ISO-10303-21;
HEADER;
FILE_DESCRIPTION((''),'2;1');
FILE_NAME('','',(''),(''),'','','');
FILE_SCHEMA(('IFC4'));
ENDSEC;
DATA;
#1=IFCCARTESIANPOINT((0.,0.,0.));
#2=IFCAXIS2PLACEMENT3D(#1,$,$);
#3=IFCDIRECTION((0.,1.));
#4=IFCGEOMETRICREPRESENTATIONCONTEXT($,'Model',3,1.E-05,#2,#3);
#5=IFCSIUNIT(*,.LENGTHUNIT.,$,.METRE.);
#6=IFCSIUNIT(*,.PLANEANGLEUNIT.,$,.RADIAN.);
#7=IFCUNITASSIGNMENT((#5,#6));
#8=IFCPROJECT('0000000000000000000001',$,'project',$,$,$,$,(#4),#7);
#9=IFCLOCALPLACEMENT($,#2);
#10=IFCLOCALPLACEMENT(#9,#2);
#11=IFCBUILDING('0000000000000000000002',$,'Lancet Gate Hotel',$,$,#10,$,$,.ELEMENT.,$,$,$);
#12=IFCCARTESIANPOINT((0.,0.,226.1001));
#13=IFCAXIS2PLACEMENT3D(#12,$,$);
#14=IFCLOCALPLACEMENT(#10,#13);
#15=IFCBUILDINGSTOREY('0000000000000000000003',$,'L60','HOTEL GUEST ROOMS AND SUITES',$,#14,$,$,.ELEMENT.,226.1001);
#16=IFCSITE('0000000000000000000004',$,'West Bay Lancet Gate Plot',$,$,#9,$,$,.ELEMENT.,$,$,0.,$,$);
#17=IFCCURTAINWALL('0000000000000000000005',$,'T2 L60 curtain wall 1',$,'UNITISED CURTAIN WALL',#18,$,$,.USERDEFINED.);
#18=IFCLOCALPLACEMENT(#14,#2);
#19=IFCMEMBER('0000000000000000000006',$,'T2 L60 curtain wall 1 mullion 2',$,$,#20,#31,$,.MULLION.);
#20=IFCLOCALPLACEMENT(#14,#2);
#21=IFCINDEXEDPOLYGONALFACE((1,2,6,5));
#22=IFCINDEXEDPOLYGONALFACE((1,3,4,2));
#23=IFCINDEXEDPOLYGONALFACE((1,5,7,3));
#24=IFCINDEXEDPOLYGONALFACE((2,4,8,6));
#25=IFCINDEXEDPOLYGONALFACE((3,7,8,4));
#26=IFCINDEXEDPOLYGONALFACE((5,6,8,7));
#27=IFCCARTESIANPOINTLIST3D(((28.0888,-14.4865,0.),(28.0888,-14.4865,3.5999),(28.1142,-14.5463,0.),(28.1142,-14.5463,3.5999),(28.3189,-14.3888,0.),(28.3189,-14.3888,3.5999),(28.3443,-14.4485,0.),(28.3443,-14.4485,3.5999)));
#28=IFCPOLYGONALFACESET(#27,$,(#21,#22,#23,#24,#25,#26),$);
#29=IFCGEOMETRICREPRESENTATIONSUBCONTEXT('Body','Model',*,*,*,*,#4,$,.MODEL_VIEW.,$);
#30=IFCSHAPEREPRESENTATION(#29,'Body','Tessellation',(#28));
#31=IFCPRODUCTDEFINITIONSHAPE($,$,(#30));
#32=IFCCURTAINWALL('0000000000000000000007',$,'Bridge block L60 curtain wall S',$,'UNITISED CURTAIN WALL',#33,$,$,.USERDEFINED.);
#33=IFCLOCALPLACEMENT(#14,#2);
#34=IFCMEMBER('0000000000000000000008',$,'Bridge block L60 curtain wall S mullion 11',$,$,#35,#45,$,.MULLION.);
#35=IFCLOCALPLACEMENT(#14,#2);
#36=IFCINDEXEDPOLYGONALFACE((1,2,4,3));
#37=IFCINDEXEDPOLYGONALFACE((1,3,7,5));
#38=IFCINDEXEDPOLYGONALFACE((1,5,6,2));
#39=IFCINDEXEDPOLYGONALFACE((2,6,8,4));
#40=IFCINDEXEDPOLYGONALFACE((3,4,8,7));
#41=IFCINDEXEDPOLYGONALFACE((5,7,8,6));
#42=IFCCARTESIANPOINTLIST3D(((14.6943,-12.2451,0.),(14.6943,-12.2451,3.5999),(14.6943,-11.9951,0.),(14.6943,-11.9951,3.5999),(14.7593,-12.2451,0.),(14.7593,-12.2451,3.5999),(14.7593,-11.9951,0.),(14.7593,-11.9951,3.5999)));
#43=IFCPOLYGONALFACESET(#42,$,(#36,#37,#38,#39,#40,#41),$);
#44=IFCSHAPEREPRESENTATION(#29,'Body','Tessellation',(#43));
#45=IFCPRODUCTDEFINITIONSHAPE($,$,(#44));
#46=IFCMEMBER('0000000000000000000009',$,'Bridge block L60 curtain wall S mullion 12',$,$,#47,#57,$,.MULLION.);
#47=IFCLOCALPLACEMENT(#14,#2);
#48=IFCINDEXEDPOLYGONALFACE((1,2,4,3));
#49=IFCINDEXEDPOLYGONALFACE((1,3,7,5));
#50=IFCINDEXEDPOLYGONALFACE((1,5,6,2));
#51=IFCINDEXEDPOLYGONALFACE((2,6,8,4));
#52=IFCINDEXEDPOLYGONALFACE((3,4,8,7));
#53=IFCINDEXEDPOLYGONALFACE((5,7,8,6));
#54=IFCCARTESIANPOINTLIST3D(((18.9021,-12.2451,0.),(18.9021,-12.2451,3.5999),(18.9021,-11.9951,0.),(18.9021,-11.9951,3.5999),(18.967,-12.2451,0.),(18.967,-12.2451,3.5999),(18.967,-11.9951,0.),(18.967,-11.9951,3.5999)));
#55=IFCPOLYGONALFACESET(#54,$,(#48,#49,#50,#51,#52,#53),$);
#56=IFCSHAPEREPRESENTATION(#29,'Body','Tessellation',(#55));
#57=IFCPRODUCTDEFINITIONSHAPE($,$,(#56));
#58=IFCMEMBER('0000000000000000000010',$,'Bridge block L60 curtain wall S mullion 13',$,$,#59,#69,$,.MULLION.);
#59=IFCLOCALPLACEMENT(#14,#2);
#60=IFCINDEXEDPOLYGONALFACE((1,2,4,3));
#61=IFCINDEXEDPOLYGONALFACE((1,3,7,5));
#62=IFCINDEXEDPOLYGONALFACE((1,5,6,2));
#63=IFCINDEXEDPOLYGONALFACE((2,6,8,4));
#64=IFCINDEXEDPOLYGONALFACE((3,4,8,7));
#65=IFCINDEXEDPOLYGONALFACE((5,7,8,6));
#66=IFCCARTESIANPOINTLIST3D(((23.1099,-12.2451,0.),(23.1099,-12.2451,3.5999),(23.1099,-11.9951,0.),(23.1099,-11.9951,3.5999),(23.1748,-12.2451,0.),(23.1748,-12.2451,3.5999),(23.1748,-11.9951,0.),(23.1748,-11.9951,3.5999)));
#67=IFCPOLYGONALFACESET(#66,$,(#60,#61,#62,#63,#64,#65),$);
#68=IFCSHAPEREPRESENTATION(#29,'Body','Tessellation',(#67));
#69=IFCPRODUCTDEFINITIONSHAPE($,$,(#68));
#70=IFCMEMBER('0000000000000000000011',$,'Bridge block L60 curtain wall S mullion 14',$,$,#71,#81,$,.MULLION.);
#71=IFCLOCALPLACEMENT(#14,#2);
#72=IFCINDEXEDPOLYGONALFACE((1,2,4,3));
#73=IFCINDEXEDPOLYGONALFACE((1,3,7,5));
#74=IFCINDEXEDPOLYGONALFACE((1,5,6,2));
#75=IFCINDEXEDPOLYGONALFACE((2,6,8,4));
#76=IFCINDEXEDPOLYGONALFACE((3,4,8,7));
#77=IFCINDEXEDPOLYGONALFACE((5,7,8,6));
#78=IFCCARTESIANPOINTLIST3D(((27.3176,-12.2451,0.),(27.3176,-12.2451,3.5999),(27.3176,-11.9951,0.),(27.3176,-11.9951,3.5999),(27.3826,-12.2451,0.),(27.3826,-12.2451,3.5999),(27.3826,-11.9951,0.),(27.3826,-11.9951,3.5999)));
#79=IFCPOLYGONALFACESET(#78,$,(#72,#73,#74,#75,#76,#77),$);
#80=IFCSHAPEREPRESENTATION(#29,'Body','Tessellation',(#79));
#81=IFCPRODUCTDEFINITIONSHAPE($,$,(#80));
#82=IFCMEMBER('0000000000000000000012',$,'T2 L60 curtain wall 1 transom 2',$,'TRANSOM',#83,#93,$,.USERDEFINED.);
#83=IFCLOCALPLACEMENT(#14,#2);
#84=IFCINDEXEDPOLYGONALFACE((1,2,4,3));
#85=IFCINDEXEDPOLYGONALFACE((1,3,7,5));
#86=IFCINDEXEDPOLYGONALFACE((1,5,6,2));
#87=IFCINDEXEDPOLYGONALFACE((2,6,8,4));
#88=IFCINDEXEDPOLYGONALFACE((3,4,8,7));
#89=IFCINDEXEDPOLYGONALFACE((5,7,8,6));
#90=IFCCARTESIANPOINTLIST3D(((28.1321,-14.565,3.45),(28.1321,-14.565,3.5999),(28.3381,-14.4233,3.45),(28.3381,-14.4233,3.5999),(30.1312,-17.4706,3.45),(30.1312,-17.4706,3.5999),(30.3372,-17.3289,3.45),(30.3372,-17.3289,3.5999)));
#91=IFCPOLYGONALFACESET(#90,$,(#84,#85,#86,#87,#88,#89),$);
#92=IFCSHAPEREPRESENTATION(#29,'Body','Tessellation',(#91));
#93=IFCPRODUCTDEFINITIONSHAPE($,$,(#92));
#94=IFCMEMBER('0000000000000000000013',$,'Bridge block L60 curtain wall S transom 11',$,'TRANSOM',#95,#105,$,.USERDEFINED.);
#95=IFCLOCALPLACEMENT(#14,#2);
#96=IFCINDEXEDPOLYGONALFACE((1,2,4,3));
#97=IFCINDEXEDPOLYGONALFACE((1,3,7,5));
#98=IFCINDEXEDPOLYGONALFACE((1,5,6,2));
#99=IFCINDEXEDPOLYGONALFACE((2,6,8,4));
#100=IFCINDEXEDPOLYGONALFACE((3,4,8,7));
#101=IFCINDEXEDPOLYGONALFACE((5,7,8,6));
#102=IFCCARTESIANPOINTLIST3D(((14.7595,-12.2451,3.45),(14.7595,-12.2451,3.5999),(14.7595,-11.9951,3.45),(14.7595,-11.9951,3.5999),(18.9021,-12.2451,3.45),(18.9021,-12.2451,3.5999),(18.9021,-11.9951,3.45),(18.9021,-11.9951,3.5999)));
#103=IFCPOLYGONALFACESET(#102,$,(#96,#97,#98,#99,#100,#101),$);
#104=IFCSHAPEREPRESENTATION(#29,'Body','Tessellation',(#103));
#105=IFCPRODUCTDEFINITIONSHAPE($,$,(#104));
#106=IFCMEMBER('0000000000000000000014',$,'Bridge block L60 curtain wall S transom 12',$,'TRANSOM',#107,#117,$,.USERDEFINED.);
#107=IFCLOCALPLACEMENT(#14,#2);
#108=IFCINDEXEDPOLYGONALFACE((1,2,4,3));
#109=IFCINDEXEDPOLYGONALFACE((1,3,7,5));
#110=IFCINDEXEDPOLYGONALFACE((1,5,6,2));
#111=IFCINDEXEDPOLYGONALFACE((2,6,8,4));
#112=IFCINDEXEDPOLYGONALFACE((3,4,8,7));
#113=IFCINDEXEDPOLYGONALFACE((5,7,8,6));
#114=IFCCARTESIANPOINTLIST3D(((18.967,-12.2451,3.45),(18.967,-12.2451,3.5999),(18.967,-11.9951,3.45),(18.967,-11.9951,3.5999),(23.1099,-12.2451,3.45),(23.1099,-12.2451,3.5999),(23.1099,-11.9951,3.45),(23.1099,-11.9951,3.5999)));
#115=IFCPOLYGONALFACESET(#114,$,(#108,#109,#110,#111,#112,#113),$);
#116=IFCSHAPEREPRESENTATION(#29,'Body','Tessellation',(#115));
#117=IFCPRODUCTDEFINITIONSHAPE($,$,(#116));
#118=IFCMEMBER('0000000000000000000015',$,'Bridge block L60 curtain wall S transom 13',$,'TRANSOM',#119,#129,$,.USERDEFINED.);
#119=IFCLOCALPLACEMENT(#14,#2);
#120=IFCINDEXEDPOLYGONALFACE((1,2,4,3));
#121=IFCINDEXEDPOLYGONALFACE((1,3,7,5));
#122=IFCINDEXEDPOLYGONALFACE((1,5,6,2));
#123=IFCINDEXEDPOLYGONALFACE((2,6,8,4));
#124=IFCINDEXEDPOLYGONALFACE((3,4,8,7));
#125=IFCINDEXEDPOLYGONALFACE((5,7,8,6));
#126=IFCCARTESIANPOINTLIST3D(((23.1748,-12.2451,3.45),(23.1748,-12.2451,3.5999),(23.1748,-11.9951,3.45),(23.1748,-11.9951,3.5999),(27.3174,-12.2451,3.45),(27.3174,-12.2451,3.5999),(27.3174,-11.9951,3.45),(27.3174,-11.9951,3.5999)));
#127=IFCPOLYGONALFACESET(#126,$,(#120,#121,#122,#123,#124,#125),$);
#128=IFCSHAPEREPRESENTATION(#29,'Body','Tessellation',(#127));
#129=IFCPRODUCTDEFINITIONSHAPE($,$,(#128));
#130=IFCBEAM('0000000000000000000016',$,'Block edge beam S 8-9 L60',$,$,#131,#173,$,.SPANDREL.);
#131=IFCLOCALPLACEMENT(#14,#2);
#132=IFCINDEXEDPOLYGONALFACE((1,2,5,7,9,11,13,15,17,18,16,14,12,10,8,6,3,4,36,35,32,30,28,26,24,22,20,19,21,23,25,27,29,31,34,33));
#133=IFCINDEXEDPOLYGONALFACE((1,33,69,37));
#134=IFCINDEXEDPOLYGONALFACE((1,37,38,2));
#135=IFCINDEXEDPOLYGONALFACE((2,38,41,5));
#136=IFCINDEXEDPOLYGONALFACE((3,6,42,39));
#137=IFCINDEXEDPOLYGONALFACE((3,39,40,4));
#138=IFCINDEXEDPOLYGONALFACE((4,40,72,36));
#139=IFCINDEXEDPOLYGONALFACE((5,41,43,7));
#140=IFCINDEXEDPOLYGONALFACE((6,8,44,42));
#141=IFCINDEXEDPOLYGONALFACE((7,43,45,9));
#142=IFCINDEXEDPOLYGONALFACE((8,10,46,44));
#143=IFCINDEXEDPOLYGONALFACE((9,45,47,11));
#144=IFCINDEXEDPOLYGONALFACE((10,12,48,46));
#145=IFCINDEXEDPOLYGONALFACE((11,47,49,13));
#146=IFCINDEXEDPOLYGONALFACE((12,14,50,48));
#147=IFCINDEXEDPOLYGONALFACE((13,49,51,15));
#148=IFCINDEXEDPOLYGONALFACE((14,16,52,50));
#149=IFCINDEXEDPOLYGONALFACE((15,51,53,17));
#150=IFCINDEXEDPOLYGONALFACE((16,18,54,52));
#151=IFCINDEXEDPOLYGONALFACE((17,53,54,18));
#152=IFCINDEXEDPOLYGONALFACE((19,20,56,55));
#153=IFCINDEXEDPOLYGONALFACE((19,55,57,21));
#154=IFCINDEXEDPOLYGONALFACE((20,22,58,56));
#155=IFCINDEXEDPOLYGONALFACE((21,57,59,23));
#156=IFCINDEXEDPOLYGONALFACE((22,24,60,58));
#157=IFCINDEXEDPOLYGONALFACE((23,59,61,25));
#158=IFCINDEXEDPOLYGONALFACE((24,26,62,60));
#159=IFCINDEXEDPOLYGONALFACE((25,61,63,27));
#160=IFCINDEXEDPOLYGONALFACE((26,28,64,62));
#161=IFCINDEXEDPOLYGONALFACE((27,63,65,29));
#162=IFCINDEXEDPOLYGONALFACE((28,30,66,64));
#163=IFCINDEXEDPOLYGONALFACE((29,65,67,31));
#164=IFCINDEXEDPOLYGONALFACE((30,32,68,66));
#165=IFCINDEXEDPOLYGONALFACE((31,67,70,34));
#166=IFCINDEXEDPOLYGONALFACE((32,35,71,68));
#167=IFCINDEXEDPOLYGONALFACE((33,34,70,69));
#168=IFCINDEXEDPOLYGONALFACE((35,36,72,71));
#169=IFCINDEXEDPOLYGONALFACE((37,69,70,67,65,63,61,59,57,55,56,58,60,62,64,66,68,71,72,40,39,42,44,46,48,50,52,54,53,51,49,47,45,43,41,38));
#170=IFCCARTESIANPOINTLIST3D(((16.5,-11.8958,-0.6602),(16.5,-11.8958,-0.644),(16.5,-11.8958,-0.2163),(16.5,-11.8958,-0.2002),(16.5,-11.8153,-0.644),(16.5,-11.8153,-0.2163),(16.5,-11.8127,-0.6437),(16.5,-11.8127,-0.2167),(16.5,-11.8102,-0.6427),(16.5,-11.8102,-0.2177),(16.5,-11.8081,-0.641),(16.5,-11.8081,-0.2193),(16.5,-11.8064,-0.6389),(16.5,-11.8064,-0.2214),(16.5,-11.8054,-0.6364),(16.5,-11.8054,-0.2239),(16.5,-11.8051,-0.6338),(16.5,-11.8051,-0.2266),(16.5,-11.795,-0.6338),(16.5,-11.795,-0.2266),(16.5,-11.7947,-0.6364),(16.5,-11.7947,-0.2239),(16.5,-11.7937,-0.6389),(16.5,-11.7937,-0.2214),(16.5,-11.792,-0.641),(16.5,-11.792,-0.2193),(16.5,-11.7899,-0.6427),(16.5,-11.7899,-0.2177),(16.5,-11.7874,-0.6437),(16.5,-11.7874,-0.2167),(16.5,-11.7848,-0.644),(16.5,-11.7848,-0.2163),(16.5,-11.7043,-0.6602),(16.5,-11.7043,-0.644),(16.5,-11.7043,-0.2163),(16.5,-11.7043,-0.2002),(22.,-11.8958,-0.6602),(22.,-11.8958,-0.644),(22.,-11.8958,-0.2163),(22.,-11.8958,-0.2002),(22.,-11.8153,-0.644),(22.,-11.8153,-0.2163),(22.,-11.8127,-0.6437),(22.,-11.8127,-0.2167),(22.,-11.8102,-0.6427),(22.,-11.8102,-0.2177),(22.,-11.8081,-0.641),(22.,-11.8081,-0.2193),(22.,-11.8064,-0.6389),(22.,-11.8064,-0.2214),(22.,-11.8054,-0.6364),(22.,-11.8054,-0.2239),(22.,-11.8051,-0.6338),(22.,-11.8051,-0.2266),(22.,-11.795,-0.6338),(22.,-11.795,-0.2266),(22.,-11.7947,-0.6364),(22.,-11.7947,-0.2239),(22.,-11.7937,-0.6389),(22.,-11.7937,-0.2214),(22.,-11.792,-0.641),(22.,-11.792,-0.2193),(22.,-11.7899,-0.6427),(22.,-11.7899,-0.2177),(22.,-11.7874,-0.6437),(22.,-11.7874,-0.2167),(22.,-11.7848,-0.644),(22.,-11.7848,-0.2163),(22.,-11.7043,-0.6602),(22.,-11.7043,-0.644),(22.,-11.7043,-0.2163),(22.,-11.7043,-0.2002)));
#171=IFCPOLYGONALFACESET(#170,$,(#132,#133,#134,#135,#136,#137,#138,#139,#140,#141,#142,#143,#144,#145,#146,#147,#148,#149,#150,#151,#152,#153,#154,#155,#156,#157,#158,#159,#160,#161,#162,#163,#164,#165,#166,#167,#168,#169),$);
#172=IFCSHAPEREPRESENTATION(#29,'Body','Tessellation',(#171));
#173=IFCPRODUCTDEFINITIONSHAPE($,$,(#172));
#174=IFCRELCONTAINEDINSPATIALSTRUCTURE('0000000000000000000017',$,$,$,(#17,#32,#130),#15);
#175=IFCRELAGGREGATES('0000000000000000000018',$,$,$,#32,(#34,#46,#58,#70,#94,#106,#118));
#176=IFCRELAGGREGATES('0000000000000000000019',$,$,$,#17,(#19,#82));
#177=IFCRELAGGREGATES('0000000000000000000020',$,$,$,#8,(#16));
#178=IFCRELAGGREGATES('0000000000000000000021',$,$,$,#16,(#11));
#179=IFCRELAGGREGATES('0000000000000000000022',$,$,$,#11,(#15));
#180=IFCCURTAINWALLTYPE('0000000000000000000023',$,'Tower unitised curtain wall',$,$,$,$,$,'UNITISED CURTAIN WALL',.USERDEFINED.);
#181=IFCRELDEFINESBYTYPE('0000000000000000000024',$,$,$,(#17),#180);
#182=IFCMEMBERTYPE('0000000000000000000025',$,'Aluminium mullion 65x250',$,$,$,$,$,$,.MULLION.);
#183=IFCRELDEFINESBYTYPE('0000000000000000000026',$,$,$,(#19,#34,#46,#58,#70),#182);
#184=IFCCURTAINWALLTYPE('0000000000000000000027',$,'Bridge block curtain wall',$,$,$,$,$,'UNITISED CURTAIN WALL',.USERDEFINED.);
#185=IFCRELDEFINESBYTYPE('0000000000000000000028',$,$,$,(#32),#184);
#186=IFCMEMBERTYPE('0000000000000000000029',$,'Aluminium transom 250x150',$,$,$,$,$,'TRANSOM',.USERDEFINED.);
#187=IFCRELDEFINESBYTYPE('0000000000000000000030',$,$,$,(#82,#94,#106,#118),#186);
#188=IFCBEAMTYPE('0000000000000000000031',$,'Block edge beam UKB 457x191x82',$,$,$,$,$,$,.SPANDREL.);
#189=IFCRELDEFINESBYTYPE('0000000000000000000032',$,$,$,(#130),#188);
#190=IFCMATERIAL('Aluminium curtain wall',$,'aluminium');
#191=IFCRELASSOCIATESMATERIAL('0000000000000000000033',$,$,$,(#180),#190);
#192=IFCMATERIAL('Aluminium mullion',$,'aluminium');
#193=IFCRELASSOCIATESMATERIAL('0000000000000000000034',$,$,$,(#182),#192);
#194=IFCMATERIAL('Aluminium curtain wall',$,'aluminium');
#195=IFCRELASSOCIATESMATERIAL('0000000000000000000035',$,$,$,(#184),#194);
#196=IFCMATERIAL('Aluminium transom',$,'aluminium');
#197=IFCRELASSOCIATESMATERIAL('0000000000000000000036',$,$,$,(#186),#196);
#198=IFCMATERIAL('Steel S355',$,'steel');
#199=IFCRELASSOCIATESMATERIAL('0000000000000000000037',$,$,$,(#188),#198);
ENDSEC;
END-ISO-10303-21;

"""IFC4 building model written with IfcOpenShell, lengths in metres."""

from ifc_helpers import new_model, si_unit, direction, frame, origin, origin_2d, place, context, subcontext, project, spatial, rectangle, i_section, extrude, material, material_profile, profile_set, type_object, element, aggregate, save


model = new_model("IFC4")

# Units and contexts
model_context = context("Model", 3, precision=1e-05, world=origin(), true_north=direction((0.0, 1.0)))
body_context = subcontext(model_context, "Body", "Model", "MODEL_VIEW")
ifc_project = project(units=[si_unit("LENGTHUNIT", "METRE"), si_unit("PLANEANGLEUNIT", "RADIAN")], contexts=[model_context])

# Site, building, storey
site_placement = place(None, origin())
site = spatial("IfcSite", under=ifc_project, at=site_placement, Name="West Bay Lancet Gate Plot", CompositionType="ELEMENT", RefElevation=0.0)
building_placement = place(site_placement, origin())
building = spatial("IfcBuilding", under=site, at=building_placement, Name="Lancet Gate Hotel", CompositionType="ELEMENT")
storey_placement = place(building_placement, frame((0.0, 0.0, 226.1001)))
storey = spatial("IfcBuildingStorey", under=building, at=storey_placement, Name="L60", Description="HOTEL GUEST ROOMS AND SUITES", CompositionType="ELEMENT", Elevation=226.1001)

# Curtain wall, member
ifc_material_1 = material(Name="Aluminium curtain wall", Category="aluminium")
curtain_wall_type_1 = type_object("IfcCurtainWallType", Name="Tower unitised curtain wall", ElementType="UNITISED CURTAIN WALL", PredefinedType="USERDEFINED", material=ifc_material_1)
curtain_wall_1_placement = place(storey_placement, origin())
curtain_wall_1 = element("IfcCurtainWall", 1, at=curtain_wall_1_placement, inside=storey, type_object=curtain_wall_type_1, Name="T2 L60 curtain wall 1", ObjectType="UNITISED CURTAIN WALL", PredefinedType="USERDEFINED")
ifc_material_2 = material(Name="Aluminium mullion", Category="aluminium")
ifc_material_profile_1 = material_profile(ifc_material_2, rectangle(XDim=0.0649, YDim=0.25, at=origin_2d()), Name="MULLION 65x250")
ifc_profile_set_1 = profile_set([ifc_material_profile_1], Name="Aluminium mullion")
member_type_1 = type_object("IfcMemberType", Name="Aluminium mullion 65x250", PredefinedType="MULLION", material=ifc_profile_set_1)
member_1_placement = place(storey_placement, frame((28.2166, -14.4675, 0.0), z_axis=(0.0, 0.0, 1.0), x_axis=(0.391042, -0.920373, 0.0)))
member_1 = element("IfcMember", 2, at=member_1_placement, type_object=member_type_1, Name="T2 L60 curtain wall 1 mullion 2", PredefinedType="MULLION", context=body_context, shape_type="SweptSolid", body=[
    extrude(rectangle(XDim=0.0649, YDim=0.25, at=origin_2d()), origin(), (0.0, 0.0, 1.0), 3.5999),
])

# Curtain wall, members
ifc_material_3 = material(Name="Aluminium curtain wall", Category="aluminium")
curtain_wall_type_2 = type_object("IfcCurtainWallType", Name="Bridge block curtain wall", ElementType="UNITISED CURTAIN WALL", PredefinedType="USERDEFINED", material=ifc_material_3)
curtain_wall_2_placement = place(storey_placement, origin())
curtain_wall_2 = element("IfcCurtainWall", 3, at=curtain_wall_2_placement, inside=storey, type_object=curtain_wall_type_2, Name="Bridge block L60 curtain wall S", ObjectType="UNITISED CURTAIN WALL", PredefinedType="USERDEFINED")
member_2_placement = place(storey_placement, frame((14.7268, -12.1201, 0.0), z_axis=(0.0, 0.0, 1.0), x_axis=(1.0, 0.0, 0.0)))
member_2 = element("IfcMember", 4, at=member_2_placement, type_object=member_type_1, Name="Bridge block L60 curtain wall S mullion 11", PredefinedType="MULLION", context=body_context, shape_type="SweptSolid", body=[
    extrude(rectangle(XDim=0.0649, YDim=0.25, at=origin_2d()), origin(), (0.0, 0.0, 1.0), 3.5999),
])
member_3_placement = place(storey_placement, frame((18.9346, -12.1201, 0.0), z_axis=(0.0, 0.0, 1.0), x_axis=(1.0, 0.0, 0.0)))
member_3 = element("IfcMember", 5, at=member_3_placement, type_object=member_type_1, Name="Bridge block L60 curtain wall S mullion 12", PredefinedType="MULLION", context=body_context, shape_type="SweptSolid", body=[
    extrude(rectangle(XDim=0.0649, YDim=0.25, at=origin_2d()), origin(), (0.0, 0.0, 1.0), 3.5999),
])
member_4_placement = place(storey_placement, frame((23.1423, -12.1201, 0.0), z_axis=(0.0, 0.0, 1.0), x_axis=(1.0, 0.0, 0.0)))
member_4 = element("IfcMember", 6, at=member_4_placement, type_object=member_type_1, Name="Bridge block L60 curtain wall S mullion 13", PredefinedType="MULLION", context=body_context, shape_type="SweptSolid", body=[
    extrude(rectangle(XDim=0.0649, YDim=0.25, at=origin_2d()), origin(), (0.0, 0.0, 1.0), 3.5999),
])
member_5_placement = place(storey_placement, frame((27.3501, -12.1201, 0.0), z_axis=(0.0, 0.0, 1.0), x_axis=(1.0, 0.0, 0.0)))
member_5 = element("IfcMember", 7, at=member_5_placement, type_object=member_type_1, Name="Bridge block L60 curtain wall S mullion 14", PredefinedType="MULLION", context=body_context, shape_type="SweptSolid", body=[
    extrude(rectangle(XDim=0.0649, YDim=0.25, at=origin_2d()), origin(), (0.0, 0.0, 1.0), 3.5999),
])

# Members
ifc_material_4 = material(Name="Aluminium transom", Category="aluminium")
ifc_material_profile_2 = material_profile(ifc_material_4, rectangle(XDim=0.25, YDim=0.1499, at=origin_2d()), Name="TRANSOM 250x150")
ifc_profile_set_2 = profile_set([ifc_material_profile_2], Name="Aluminium transom")
member_type_2 = type_object("IfcMemberType", Name="Aluminium transom 250x150", ElementType="TRANSOM", PredefinedType="USERDEFINED", material=ifc_profile_set_2)
member_6_placement = place(storey_placement, frame((28.2351, -14.4941, 3.5249), z_axis=(0.566814, -0.823846, 0.0), x_axis=(0.823846, 0.566814, 0.0)))
member_6 = element("IfcMember", 8, at=member_6_placement, type_object=member_type_2, Name="T2 L60 curtain wall 1 transom 2", ObjectType="TRANSOM", PredefinedType="USERDEFINED", context=body_context, shape_type="SweptSolid", body=[
    extrude(rectangle(XDim=0.25, YDim=0.1499, at=origin_2d()), origin(), (0.0, 0.0, 1.0), 3.5269),
])
member_7_placement = place(storey_placement, frame((14.7595, -12.1201, 3.5249), z_axis=(1.0, 0.0, 0.0), x_axis=(0.0, 1.0, 0.0)))
member_7 = element("IfcMember", 9, at=member_7_placement, type_object=member_type_2, Name="Bridge block L60 curtain wall S transom 11", ObjectType="TRANSOM", PredefinedType="USERDEFINED", context=body_context, shape_type="SweptSolid", body=[
    extrude(rectangle(XDim=0.25, YDim=0.1499, at=origin_2d()), origin(), (0.0, 0.0, 1.0), 4.1426),
])
member_8_placement = place(storey_placement, frame((18.967, -12.1201, 3.5249), z_axis=(1.0, 0.0, 0.0), x_axis=(0.0, 1.0, 0.0)))
member_8 = element("IfcMember", 10, at=member_8_placement, type_object=member_type_2, Name="Bridge block L60 curtain wall S transom 12", ObjectType="TRANSOM", PredefinedType="USERDEFINED", context=body_context, shape_type="SweptSolid", body=[
    extrude(rectangle(XDim=0.25, YDim=0.1499, at=origin_2d()), origin(), (0.0, 0.0, 1.0), 4.1428),
])
member_9_placement = place(storey_placement, frame((23.1748, -12.1201, 3.5249), z_axis=(1.0, 0.0, 0.0), x_axis=(0.0, 1.0, 0.0)))
member_9 = element("IfcMember", 11, at=member_9_placement, type_object=member_type_2, Name="Bridge block L60 curtain wall S transom 13", ObjectType="TRANSOM", PredefinedType="USERDEFINED", context=body_context, shape_type="SweptSolid", body=[
    extrude(rectangle(XDim=0.25, YDim=0.1499, at=origin_2d()), origin(), (0.0, 0.0, 1.0), 4.1426),
])

# Beam
ifc_material_5 = material(Name="Steel S355", Category="steel")
ifc_material_profile_3 = material_profile(ifc_material_5, i_section(OverallWidth=0.1914, OverallDepth=0.46, WebThickness=0.01, FlangeThickness=0.0161, FilletRadius=0.0103, at=origin_2d()), Name="UKB 457x191x82")
ifc_profile_set_3 = profile_set([ifc_material_profile_3], Name="Steel S355")
beam_type_1 = type_object("IfcBeamType", Name="Block edge beam UKB 457x191x82", PredefinedType="SPANDREL", material=ifc_profile_set_3)
beam_placement = place(storey_placement, frame((16.5, -11.8, -0.4302), z_axis=(1.0, 0.0, 0.0), x_axis=(0.0, 1.0, 0.0)))
element("IfcBeam", 12, at=beam_placement, inside=storey, type_object=beam_type_1, Name="Block edge beam S 8-9 L60", PredefinedType="SPANDREL", context=body_context, shape_type="SweptSolid", body=[
    extrude(i_section(OverallWidth=0.1914, OverallDepth=0.46, WebThickness=0.01, FlangeThickness=0.0161, FilletRadius=0.0103, at=origin_2d()), origin(), (0.0, 0.0, 1.0), 5.5),
])

aggregate(curtain_wall_2, [member_2, member_3, member_4, member_5, member_7, member_8, member_9])
aggregate(curtain_wall_1, [member_1, member_6])

save(model, "model.ifc")
